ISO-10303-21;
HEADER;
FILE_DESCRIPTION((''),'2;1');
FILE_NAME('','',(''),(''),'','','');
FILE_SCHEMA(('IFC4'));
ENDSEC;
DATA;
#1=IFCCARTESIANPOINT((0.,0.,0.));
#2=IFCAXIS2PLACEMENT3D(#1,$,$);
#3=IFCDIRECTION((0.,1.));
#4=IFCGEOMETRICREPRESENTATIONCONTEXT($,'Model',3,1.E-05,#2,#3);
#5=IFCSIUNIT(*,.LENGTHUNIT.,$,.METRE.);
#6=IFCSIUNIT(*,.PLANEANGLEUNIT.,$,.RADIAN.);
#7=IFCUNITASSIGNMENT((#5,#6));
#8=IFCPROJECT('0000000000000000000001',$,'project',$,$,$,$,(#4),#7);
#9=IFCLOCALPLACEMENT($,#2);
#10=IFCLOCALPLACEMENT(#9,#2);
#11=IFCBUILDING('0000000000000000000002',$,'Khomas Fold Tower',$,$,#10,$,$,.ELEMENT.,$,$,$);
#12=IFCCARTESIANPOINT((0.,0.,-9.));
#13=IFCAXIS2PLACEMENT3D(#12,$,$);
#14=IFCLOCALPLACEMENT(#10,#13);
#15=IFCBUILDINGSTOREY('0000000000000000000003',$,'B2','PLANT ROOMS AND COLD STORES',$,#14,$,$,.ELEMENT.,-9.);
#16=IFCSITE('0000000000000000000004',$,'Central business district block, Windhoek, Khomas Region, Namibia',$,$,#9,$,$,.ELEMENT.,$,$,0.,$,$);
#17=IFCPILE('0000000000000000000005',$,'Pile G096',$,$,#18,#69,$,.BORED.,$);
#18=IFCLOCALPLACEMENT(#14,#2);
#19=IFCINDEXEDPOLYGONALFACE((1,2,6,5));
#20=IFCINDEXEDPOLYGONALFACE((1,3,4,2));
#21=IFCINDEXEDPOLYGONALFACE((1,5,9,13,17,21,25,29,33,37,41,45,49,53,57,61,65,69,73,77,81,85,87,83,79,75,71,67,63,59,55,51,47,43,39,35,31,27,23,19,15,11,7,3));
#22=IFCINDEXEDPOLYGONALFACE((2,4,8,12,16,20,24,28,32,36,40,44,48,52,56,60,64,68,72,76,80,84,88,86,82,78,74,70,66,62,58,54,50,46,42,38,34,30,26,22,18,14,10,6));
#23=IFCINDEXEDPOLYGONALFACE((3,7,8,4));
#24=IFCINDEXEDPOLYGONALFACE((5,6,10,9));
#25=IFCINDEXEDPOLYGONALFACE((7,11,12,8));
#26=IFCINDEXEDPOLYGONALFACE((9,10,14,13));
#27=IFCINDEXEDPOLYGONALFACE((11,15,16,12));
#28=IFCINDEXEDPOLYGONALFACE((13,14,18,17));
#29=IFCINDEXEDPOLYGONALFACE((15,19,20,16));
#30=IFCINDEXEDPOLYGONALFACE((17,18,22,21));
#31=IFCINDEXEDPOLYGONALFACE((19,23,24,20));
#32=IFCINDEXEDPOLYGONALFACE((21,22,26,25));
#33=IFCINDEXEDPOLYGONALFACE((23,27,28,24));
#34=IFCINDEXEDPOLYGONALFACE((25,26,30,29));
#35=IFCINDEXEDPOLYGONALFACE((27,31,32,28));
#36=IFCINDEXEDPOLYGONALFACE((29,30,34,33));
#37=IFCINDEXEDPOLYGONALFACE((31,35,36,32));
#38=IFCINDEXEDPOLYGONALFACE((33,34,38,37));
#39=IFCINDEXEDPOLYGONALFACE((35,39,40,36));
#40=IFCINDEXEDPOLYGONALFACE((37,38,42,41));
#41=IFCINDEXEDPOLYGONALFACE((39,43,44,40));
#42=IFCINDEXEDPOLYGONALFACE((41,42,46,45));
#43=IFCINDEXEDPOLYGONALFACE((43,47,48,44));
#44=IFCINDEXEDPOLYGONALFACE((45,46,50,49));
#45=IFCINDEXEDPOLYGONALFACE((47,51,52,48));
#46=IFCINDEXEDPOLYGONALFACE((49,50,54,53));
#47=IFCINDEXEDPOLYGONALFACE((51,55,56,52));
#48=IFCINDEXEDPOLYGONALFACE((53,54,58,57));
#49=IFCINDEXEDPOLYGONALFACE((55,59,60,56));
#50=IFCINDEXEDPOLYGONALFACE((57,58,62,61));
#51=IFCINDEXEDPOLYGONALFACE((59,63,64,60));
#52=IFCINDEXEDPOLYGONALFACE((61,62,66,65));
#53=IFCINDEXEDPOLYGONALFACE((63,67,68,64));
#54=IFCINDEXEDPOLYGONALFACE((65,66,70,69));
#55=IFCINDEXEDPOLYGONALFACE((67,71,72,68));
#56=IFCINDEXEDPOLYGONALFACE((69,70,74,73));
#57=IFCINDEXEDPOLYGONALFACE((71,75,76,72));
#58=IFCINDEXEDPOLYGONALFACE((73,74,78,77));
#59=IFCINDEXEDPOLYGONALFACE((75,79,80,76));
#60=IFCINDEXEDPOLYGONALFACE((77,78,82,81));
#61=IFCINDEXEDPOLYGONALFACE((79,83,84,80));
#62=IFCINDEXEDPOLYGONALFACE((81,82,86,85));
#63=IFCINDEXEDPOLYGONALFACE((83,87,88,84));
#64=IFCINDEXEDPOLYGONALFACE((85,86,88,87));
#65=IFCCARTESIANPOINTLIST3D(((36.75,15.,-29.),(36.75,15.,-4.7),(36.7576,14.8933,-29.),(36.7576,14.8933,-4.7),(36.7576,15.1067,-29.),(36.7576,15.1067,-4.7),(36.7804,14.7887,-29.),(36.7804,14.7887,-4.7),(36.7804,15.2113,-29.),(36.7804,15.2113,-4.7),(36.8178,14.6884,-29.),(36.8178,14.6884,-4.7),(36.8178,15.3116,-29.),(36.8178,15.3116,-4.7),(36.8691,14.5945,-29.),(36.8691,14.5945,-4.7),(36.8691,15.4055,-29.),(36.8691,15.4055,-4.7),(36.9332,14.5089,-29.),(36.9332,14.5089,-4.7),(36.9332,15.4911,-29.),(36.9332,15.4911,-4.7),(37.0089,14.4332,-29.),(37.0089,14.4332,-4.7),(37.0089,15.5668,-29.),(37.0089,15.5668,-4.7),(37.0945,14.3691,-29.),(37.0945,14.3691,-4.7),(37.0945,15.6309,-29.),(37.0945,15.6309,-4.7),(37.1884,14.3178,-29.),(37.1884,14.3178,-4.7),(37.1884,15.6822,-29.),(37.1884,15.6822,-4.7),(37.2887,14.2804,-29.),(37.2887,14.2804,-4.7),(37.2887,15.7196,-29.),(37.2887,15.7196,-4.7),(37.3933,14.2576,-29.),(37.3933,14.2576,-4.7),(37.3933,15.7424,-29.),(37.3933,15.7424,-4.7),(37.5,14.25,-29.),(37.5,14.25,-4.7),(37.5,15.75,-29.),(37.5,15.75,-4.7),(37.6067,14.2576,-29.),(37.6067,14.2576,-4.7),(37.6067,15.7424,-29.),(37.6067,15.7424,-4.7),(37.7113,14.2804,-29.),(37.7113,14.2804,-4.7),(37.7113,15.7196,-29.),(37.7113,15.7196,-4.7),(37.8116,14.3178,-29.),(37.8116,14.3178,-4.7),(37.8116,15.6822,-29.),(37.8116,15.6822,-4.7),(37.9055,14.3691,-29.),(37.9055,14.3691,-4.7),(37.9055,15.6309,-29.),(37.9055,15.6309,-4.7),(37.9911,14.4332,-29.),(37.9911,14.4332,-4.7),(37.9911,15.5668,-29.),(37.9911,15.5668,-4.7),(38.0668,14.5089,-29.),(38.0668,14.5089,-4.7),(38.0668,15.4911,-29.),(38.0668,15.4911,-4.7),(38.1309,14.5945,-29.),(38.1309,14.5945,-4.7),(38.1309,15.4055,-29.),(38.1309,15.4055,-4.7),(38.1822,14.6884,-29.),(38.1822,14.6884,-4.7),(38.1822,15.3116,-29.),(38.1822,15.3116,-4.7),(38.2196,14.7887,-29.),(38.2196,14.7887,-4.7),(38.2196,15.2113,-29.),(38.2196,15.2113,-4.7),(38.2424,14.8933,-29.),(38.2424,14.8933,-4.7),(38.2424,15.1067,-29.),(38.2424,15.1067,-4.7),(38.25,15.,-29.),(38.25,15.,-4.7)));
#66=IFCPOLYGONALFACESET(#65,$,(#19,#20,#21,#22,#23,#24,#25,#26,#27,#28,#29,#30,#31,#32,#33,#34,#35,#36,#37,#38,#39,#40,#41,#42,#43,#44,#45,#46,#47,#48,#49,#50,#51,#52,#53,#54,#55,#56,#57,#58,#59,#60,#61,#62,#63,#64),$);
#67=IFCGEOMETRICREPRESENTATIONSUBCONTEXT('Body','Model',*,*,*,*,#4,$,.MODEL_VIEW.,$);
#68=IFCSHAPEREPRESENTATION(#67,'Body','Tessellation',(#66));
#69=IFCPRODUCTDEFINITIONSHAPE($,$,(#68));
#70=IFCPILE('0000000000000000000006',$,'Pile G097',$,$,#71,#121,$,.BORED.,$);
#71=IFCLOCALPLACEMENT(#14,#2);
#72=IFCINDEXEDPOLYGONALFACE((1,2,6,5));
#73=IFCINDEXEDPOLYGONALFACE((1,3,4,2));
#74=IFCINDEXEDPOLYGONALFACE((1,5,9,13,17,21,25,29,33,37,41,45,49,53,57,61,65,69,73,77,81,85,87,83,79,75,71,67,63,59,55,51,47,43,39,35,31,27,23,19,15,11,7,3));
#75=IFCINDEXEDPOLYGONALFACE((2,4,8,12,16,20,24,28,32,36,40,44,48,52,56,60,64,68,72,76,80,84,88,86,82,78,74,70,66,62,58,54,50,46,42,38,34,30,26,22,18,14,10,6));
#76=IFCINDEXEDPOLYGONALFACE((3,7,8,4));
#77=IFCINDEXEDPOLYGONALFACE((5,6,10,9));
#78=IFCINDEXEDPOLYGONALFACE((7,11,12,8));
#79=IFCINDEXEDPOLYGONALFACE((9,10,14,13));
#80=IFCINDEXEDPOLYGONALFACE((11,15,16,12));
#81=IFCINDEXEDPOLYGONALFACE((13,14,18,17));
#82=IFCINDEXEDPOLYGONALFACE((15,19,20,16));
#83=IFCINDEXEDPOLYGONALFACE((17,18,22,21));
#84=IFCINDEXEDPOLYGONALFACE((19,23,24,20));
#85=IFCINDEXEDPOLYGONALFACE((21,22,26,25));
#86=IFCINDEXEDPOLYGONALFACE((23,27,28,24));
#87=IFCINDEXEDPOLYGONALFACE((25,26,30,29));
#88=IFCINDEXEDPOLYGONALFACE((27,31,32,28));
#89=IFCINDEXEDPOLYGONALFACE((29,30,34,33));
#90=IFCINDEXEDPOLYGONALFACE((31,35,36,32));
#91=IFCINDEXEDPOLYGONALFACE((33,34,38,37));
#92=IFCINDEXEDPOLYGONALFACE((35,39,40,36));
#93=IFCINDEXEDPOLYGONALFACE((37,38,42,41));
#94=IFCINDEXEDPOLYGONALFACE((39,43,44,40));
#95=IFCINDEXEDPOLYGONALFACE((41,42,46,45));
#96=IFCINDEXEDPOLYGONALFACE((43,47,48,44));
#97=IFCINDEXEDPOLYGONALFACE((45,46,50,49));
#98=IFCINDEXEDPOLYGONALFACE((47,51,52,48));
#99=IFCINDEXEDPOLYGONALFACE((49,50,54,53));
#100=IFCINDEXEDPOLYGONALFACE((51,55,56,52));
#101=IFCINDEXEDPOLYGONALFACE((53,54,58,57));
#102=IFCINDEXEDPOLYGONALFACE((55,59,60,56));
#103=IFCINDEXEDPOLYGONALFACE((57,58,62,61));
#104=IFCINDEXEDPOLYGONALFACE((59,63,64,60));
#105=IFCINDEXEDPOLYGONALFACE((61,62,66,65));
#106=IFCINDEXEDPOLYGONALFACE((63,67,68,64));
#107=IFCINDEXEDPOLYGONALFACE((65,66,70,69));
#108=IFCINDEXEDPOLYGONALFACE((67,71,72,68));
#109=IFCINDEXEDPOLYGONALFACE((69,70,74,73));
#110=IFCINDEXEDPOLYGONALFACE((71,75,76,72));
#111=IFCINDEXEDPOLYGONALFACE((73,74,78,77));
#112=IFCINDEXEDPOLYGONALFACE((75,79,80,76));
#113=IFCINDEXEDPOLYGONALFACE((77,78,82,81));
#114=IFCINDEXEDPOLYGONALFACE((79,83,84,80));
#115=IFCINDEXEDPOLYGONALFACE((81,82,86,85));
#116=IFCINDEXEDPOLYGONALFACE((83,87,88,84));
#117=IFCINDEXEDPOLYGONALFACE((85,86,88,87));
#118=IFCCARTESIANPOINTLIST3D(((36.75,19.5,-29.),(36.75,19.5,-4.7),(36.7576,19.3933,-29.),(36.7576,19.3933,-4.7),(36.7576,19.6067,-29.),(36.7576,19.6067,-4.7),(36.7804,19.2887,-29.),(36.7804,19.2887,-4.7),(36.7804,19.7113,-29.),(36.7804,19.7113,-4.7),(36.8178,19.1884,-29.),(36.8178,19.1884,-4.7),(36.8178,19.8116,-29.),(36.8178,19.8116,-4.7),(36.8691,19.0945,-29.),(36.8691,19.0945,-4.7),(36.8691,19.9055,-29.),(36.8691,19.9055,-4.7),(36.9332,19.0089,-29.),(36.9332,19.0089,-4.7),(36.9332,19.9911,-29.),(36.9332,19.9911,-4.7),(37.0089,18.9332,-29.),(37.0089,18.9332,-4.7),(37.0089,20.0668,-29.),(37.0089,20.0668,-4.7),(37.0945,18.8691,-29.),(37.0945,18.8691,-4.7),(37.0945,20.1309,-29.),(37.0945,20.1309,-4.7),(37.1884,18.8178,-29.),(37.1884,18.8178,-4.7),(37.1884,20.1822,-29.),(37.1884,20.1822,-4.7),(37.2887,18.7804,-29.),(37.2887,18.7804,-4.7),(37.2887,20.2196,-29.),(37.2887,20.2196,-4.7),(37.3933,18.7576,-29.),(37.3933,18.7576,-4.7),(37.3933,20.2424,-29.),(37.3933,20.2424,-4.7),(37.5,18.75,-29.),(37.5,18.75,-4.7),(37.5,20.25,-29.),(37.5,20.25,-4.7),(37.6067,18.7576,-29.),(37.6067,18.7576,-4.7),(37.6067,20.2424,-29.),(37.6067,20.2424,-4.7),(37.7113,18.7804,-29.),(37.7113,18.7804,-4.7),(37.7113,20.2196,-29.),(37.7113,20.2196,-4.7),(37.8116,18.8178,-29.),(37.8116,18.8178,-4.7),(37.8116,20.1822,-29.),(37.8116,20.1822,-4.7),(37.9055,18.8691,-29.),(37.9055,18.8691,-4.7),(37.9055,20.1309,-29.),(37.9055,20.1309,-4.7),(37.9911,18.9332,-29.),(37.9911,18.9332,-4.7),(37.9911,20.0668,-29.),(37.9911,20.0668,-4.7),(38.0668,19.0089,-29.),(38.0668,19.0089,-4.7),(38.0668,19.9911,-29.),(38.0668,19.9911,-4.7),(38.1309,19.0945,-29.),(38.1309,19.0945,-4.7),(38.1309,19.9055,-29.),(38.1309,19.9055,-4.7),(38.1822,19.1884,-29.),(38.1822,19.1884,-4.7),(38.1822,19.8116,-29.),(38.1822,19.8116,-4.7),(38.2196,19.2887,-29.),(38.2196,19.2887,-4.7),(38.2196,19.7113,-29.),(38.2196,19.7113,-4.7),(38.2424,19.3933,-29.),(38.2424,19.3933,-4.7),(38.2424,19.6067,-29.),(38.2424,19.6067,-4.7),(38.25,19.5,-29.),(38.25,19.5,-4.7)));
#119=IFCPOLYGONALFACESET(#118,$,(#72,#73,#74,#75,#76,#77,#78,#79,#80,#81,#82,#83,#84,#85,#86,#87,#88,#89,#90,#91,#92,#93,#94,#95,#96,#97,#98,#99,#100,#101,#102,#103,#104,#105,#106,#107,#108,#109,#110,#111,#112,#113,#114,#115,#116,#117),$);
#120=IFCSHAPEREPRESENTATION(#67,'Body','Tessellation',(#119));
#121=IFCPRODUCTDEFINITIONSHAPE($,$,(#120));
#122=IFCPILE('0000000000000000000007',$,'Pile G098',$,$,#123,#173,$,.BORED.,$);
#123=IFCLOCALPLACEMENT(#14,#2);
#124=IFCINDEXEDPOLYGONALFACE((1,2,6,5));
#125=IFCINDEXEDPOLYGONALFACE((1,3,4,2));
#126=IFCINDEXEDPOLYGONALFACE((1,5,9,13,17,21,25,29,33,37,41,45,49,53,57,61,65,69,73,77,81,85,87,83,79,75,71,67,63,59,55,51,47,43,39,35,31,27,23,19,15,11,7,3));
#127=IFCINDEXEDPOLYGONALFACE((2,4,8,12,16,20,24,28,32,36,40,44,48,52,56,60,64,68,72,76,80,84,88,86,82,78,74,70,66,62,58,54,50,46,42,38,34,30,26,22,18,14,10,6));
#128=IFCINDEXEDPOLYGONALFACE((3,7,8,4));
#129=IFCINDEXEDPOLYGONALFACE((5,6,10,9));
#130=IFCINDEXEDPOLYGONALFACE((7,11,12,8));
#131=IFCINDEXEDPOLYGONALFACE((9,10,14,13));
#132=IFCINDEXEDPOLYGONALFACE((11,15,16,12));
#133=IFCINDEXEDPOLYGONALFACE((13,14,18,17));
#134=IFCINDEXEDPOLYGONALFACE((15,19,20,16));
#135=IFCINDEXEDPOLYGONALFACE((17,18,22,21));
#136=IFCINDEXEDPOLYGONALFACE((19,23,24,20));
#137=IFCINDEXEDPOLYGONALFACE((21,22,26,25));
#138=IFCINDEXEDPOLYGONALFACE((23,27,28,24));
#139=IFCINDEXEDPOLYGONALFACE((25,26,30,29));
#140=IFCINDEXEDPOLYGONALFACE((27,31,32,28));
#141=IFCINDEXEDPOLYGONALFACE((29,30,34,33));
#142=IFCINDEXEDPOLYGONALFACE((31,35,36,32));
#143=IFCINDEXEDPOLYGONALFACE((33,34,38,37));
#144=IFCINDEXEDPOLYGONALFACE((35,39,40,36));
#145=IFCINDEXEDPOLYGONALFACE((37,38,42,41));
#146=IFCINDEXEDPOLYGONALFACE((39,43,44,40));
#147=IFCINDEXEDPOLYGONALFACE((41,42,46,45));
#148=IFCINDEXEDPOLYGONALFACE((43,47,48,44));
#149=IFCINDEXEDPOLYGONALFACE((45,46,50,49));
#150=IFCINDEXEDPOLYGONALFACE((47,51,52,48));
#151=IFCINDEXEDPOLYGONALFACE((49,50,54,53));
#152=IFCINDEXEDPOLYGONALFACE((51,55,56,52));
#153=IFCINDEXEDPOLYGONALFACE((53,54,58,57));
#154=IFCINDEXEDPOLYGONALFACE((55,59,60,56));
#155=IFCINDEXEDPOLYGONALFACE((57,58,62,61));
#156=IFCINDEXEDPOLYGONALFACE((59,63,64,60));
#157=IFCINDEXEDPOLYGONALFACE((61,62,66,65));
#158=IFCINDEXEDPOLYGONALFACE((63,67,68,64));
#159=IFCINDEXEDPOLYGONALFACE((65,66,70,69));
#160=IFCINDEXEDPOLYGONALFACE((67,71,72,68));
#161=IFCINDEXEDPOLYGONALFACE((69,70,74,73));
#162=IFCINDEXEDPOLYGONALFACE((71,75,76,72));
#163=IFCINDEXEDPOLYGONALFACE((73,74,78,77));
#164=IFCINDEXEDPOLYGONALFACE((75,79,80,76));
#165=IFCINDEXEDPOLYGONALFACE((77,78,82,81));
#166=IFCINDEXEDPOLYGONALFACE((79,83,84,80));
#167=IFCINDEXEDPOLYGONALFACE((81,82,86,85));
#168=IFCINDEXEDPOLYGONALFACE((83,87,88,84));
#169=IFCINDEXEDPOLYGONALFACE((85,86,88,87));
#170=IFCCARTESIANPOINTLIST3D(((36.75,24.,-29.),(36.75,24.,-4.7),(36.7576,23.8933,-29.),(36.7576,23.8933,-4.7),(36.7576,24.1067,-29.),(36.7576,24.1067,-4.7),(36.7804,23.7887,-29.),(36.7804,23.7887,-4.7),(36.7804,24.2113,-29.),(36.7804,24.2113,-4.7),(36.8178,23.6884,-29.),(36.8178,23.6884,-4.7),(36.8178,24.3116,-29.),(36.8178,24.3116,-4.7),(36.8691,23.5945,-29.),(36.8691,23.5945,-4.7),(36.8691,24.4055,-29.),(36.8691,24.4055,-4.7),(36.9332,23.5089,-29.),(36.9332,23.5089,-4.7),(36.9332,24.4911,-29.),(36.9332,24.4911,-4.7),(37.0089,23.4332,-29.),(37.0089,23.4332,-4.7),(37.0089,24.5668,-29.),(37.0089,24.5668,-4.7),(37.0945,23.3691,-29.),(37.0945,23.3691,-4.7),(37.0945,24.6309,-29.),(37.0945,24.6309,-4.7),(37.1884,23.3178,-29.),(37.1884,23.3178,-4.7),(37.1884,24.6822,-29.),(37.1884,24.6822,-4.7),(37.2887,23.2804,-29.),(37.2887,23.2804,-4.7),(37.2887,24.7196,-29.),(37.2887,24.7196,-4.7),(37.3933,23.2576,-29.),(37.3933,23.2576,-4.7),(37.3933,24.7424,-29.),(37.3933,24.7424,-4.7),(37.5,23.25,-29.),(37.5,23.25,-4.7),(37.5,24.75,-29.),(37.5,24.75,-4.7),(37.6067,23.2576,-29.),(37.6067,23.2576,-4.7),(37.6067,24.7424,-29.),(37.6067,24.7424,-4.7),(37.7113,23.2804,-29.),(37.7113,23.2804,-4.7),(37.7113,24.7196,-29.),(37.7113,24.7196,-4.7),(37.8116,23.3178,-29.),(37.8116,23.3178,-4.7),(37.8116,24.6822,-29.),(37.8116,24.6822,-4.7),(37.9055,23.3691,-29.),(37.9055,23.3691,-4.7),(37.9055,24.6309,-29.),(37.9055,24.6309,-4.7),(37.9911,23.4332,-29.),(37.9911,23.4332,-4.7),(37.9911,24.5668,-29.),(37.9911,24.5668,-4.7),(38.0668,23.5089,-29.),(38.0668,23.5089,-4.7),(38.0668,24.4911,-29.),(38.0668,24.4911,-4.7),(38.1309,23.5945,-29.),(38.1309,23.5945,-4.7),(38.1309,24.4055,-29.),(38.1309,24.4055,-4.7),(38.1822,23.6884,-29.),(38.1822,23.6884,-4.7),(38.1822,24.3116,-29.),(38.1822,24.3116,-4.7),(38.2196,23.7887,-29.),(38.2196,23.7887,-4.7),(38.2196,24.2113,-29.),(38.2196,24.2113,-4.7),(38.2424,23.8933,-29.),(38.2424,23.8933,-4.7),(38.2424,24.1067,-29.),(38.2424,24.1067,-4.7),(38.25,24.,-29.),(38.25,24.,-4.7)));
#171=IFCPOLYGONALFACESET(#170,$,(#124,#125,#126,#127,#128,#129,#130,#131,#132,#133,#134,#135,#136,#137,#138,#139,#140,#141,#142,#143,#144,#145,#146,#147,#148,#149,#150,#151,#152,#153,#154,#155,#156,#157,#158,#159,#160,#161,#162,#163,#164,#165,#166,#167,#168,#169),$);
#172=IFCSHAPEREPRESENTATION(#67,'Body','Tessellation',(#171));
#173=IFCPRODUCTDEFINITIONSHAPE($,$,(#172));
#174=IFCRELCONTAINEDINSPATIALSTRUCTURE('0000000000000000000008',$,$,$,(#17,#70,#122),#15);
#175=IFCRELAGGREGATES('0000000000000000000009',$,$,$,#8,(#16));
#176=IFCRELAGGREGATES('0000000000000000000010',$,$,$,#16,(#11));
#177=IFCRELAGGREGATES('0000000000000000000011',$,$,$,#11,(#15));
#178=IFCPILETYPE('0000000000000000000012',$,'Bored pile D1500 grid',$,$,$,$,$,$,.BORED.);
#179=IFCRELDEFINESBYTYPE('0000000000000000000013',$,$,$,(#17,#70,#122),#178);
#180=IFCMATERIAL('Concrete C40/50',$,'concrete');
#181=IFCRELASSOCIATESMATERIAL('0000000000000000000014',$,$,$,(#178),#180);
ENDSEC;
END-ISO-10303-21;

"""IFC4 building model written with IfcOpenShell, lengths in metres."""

from ifc_helpers import new_model, si_unit, direction, frame, origin, origin_2d, place, context, subcontext, project, spatial, circle, extrude, source, transform, mapped, material, material_profile, profile_set, type_object, element, save


model = new_model("IFC4")

# Units and contexts
model_context = context("Model", 3, precision=1e-05, world=origin(), true_north=direction((0.0, 1.0)))
body_context = subcontext(model_context, "Body", "Model", "MODEL_VIEW")
ifc_project = project(units=[si_unit("LENGTHUNIT", "METRE"), si_unit("PLANEANGLEUNIT", "RADIAN")], contexts=[model_context])

# Site, building, storey
site_placement = place(None, origin())
site = spatial("IfcSite", under=ifc_project, at=site_placement, Name="Central business district block, Windhoek, Khomas Region, Namibia", CompositionType="ELEMENT", RefElevation=0.0)
building_placement = place(site_placement, origin())
building = spatial("IfcBuilding", under=site, at=building_placement, Name="Khomas Fold Tower", CompositionType="ELEMENT")
storey_placement = place(building_placement, frame((0.0, 0.0, -9.0)))
storey = spatial("IfcBuildingStorey", under=building, at=storey_placement, Name="B2", Description="PLANT ROOMS AND COLD STORES", CompositionType="ELEMENT", Elevation=-9.0)

# Piles
ifc_material_1 = material(Name="Concrete C40/50", Category="concrete")
ifc_material_profile_1 = material_profile(ifc_material_1, circle(Radius=0.75, at=origin_2d()), Name="PILE D1500")
ifc_profile_set_1 = profile_set([ifc_material_profile_1], Name="Concrete C40/50")
pile_type = type_object("IfcPileType", Name="Bored pile D1500 grid", PredefinedType="BORED", material=ifc_profile_set_1)
shared_shape_1 = source(origin(), body_context, "Body", "SweptSolid", [
    extrude(circle(Radius=0.75, at=origin_2d()), origin(), (0.0, 0.0, 1.0), 24.3),
])
for number, where, z_axis, x_axis, name in (
    (1, (37.5, 15.0, -4.7), (0.0, 0.0, -1.0), (1.0, 0.0, 0.0), "Pile G096"),
    (2, (37.5, 19.5, -4.7), (0.0, 0.0, -1.0), (1.0, 0.0, 0.0), "Pile G097"),
    (3, (37.5, 24.0, -4.7), (0.0, 0.0, -1.0), (1.0, 0.0, 0.0), "Pile G098"),
):
    element("IfcPile", number, at=place(storey_placement, frame(where, z_axis=z_axis, x_axis=x_axis)), inside=storey, type_object=pile_type, Name=name, PredefinedType="BORED", context=body_context, shape_type="MappedRepresentation", body=[
        mapped(shared_shape_1, transform((0.0, 0.0, 0.0))),
    ])

save(model, "model.ifc")
